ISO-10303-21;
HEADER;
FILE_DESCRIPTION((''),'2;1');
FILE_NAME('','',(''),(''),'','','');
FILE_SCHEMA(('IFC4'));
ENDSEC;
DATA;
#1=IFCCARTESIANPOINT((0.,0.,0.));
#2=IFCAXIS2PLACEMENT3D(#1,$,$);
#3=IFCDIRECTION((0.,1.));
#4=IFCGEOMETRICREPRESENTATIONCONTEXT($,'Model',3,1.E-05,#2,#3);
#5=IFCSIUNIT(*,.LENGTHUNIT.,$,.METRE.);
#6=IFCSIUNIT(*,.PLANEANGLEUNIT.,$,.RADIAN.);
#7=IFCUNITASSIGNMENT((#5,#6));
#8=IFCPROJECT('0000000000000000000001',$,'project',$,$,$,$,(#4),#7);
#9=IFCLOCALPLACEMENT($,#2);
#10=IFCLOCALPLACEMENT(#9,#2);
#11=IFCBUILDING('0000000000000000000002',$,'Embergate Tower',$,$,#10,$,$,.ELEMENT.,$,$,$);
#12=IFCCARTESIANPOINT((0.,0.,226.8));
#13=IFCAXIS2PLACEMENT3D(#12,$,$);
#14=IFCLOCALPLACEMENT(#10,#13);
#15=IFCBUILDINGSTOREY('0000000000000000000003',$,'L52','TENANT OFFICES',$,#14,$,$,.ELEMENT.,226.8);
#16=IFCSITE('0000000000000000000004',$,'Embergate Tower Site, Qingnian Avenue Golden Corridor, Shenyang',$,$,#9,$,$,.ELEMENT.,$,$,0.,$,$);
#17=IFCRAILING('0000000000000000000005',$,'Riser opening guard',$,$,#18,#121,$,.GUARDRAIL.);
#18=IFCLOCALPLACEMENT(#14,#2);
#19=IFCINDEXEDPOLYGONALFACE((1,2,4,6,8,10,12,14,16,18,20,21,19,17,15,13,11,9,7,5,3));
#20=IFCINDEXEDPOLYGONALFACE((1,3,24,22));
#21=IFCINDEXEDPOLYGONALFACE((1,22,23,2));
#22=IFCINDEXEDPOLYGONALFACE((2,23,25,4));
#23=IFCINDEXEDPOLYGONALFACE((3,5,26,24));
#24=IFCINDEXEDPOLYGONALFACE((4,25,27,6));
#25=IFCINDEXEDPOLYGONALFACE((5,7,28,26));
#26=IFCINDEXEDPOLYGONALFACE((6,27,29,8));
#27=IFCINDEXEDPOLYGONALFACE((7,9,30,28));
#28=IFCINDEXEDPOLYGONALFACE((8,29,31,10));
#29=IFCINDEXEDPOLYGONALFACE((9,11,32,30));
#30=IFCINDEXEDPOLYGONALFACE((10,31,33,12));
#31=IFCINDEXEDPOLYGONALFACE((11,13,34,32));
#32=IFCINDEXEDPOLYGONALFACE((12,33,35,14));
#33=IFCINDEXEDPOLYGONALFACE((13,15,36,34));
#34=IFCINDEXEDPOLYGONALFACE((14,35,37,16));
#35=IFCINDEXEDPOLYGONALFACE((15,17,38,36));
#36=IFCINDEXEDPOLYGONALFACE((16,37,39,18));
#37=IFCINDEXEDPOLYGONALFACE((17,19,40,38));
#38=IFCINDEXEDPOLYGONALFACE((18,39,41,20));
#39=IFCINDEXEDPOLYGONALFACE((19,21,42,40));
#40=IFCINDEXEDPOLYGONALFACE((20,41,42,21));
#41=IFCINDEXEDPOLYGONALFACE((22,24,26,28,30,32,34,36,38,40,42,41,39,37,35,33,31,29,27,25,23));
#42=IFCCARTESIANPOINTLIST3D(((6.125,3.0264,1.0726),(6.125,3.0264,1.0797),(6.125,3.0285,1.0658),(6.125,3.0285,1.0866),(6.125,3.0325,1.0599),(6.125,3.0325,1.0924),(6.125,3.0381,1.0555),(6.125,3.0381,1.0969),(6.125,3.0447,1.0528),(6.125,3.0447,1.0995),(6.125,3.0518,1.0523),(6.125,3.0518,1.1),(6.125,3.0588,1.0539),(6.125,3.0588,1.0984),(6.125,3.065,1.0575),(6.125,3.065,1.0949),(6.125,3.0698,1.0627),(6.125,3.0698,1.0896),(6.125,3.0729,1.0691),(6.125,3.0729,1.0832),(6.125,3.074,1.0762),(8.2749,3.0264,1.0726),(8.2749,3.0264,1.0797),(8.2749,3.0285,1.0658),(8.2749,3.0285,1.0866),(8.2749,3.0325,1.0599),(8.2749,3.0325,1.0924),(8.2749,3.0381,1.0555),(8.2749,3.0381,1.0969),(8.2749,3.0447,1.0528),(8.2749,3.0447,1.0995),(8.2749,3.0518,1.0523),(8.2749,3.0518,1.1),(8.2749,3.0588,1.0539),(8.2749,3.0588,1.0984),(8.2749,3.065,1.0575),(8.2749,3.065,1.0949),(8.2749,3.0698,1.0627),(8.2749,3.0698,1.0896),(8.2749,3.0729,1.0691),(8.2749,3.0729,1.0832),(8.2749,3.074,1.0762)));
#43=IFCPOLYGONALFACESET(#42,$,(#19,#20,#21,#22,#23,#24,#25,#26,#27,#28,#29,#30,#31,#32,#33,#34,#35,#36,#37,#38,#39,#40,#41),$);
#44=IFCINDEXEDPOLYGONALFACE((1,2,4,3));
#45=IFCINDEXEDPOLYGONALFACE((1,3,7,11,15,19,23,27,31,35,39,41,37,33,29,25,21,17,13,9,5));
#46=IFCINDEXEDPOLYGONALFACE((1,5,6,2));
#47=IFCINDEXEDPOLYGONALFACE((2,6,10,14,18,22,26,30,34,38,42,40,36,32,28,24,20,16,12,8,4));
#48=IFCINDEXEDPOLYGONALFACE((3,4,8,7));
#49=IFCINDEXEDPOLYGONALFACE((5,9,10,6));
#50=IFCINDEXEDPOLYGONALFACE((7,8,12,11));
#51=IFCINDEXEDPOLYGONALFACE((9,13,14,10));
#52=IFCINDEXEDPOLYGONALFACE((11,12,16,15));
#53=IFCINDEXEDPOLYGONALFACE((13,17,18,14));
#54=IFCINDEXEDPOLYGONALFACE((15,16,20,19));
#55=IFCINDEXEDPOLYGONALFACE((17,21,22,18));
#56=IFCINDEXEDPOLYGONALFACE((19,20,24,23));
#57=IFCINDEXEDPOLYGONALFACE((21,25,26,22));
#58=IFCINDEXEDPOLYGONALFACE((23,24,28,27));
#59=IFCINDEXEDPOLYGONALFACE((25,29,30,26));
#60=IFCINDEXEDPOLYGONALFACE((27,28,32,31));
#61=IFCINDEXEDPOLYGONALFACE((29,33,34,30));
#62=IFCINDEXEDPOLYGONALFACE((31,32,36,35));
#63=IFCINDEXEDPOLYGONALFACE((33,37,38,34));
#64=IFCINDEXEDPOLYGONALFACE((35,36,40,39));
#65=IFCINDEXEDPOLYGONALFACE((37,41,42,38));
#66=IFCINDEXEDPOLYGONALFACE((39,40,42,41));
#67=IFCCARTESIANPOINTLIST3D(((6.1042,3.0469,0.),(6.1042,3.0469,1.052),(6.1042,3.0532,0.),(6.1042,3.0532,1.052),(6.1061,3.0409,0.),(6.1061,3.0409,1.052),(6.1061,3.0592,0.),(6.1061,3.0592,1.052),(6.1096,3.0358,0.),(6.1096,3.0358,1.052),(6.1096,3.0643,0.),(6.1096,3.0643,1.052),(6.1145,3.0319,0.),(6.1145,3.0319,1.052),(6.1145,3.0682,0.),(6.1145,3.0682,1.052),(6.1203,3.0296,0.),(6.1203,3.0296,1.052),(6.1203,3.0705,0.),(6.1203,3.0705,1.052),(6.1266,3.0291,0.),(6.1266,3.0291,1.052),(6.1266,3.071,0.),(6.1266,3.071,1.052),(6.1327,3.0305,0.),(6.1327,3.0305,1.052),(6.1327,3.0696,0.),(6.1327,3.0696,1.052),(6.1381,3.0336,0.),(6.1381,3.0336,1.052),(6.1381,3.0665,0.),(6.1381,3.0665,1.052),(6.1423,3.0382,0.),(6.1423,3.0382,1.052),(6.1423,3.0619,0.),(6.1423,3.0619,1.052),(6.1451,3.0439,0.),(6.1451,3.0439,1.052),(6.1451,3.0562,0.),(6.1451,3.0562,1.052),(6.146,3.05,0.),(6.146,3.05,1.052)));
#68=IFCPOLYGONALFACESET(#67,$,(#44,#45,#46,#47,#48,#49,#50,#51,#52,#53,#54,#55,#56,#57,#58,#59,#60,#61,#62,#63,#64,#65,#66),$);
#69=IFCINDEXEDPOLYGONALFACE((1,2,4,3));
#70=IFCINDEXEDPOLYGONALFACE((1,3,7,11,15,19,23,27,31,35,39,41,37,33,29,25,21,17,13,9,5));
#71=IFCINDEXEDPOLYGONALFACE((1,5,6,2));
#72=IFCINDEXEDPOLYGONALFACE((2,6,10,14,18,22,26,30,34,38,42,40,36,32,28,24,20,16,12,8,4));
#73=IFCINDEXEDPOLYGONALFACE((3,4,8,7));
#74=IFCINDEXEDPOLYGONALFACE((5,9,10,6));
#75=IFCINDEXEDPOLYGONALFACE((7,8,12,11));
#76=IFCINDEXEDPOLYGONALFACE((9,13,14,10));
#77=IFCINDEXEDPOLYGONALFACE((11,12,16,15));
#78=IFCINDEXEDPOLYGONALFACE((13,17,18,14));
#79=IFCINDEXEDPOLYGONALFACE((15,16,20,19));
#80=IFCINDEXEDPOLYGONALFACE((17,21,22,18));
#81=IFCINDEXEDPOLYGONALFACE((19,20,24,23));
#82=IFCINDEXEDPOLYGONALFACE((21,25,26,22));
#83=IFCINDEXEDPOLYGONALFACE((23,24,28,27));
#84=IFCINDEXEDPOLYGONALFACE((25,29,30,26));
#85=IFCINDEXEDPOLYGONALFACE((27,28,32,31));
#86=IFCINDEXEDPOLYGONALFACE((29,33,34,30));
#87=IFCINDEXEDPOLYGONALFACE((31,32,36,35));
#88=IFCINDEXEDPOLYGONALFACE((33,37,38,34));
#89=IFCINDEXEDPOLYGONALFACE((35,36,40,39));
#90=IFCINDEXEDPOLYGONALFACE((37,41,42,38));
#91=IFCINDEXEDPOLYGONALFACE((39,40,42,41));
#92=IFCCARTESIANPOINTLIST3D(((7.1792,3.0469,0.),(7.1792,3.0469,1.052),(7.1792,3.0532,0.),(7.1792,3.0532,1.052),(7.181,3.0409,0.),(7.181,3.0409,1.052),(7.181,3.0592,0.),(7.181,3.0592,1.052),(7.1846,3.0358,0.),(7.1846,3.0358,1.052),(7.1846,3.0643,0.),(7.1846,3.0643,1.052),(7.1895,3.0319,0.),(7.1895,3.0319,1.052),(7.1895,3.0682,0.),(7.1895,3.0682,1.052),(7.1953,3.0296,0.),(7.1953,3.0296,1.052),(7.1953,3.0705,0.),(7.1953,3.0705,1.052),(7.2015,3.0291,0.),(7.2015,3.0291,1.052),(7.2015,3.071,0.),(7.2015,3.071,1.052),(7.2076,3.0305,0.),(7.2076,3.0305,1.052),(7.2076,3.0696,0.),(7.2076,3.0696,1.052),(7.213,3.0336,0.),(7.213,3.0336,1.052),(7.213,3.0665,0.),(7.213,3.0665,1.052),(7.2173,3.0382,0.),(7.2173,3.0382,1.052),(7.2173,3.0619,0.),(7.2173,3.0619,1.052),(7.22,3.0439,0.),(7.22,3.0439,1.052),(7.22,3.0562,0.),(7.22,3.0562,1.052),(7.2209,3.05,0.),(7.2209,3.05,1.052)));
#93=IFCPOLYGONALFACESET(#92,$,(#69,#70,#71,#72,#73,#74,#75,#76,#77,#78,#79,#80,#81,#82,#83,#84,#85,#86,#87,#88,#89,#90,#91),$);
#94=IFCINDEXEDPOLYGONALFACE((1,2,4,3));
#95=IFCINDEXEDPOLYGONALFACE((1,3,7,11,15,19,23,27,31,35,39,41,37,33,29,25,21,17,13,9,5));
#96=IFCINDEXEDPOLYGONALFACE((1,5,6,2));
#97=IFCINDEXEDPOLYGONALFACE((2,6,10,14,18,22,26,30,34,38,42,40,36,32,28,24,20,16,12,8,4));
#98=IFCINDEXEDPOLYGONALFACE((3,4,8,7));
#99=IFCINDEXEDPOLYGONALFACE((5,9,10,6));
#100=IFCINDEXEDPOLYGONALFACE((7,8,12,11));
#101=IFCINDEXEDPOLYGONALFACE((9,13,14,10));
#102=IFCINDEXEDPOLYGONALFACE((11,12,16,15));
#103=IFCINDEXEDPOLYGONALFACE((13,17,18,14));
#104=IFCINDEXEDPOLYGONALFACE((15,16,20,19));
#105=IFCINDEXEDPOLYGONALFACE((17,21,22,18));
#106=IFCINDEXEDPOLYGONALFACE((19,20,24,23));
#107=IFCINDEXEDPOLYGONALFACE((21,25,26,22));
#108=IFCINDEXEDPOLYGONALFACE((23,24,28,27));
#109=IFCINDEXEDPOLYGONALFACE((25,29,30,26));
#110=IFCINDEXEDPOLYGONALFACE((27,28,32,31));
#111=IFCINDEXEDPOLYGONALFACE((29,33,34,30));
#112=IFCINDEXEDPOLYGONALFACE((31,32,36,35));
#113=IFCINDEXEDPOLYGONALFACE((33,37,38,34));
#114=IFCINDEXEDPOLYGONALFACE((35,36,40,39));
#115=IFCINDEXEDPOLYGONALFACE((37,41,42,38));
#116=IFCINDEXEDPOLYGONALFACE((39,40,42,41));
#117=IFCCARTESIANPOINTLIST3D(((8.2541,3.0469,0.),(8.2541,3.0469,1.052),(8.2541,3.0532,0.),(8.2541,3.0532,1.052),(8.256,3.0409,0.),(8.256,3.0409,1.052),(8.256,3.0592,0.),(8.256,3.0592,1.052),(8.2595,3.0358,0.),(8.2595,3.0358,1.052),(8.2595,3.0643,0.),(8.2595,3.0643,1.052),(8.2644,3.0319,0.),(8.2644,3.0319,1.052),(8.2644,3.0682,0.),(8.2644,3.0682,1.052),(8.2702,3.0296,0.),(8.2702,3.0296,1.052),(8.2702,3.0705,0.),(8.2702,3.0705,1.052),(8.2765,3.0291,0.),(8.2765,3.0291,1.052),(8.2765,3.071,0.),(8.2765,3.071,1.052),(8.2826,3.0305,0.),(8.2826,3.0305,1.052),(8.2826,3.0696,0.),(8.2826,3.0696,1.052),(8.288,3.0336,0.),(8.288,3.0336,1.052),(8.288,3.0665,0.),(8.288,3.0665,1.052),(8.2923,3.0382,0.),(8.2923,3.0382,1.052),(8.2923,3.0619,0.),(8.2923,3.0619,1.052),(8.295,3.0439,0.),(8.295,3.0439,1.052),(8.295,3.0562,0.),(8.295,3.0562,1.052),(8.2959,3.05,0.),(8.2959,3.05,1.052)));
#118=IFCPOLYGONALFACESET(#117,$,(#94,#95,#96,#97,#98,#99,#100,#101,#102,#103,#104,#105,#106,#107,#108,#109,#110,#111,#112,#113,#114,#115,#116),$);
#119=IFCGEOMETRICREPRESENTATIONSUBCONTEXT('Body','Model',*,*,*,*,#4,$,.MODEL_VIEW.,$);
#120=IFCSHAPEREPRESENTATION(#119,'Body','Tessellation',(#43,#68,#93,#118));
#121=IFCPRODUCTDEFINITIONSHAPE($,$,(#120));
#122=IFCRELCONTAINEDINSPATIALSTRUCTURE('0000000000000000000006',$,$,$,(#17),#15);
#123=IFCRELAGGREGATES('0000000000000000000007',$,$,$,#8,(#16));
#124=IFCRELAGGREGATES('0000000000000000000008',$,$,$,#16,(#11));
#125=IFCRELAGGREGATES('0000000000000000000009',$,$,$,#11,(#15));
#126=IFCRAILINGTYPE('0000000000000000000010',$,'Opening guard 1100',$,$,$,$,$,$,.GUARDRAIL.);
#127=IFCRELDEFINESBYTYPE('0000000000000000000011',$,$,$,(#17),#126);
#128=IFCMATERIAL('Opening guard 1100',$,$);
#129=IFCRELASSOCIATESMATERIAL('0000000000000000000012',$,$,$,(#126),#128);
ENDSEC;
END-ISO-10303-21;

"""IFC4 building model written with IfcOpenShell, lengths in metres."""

from ifc_helpers import new_model, si_unit, direction, frame, origin, origin_2d, place, context, subcontext, project, spatial, circle, extrude, source, transform, mapped, material, type_object, element, save


model = new_model("IFC4")

# Units and contexts
model_context = context("Model", 3, precision=1e-05, world=origin(), true_north=direction((0.0, 1.0)))
body_context = subcontext(model_context, "Body", "Model", "MODEL_VIEW")
ifc_project = project(units=[si_unit("LENGTHUNIT", "METRE"), si_unit("PLANEANGLEUNIT", "RADIAN")], contexts=[model_context])

# Site, building, storey
site_placement = place(None, origin())
site = spatial("IfcSite", under=ifc_project, at=site_placement, Name="Embergate Tower Site, Qingnian Avenue Golden Corridor, Shenyang", CompositionType="ELEMENT", RefElevation=0.0)
building_placement = place(site_placement, origin())
building = spatial("IfcBuilding", under=site, at=building_placement, Name="Embergate Tower", CompositionType="ELEMENT")
storey_placement = place(building_placement, frame((0.0, 0.0, 226.8)))
storey = spatial("IfcBuildingStorey", under=building, at=storey_placement, Name="L52", Description="TENANT OFFICES", CompositionType="ELEMENT", Elevation=226.8)

# Railing
ifc_material_1 = material(Name="Opening guard 1100")
railing_type = type_object("IfcRailingType", Name="Opening guard 1100", PredefinedType="GUARDRAIL", material=ifc_material_1)
shared_shape_1 = source(origin(), body_context, "Body", "SweptSolid", [
    extrude(circle(Radius=0.0239, at=origin_2d()), frame((0.0, 0.0, 1.0762), z_axis=(1.0, 0.0, 0.0), x_axis=(0.0, 1.0, 0.0)), (0.0, 0.0, 1.0), 2.1499),
    extrude(circle(Radius=0.021, at=origin_2d()), origin(), (0.0, 0.0, 1.0), 1.052),
    extrude(circle(Radius=0.021, at=origin_2d()), frame((1.075, 0.0, 0.0)), (0.0, 0.0, 1.0), 1.052),
    extrude(circle(Radius=0.021, at=origin_2d()), frame((2.1499, 0.0, 0.0)), (0.0, 0.0, 1.0), 1.052),
])
railing_placement = place(storey_placement, frame((6.125, 3.05, 0.0)))
element("IfcRailing", 1, at=railing_placement, inside=storey, type_object=railing_type, Name="Riser opening guard", PredefinedType="GUARDRAIL", context=body_context, shape_type="MappedRepresentation", body=[
    mapped(shared_shape_1, transform((0.0, 0.0, 0.0))),
])

save(model, "model.ifc")
